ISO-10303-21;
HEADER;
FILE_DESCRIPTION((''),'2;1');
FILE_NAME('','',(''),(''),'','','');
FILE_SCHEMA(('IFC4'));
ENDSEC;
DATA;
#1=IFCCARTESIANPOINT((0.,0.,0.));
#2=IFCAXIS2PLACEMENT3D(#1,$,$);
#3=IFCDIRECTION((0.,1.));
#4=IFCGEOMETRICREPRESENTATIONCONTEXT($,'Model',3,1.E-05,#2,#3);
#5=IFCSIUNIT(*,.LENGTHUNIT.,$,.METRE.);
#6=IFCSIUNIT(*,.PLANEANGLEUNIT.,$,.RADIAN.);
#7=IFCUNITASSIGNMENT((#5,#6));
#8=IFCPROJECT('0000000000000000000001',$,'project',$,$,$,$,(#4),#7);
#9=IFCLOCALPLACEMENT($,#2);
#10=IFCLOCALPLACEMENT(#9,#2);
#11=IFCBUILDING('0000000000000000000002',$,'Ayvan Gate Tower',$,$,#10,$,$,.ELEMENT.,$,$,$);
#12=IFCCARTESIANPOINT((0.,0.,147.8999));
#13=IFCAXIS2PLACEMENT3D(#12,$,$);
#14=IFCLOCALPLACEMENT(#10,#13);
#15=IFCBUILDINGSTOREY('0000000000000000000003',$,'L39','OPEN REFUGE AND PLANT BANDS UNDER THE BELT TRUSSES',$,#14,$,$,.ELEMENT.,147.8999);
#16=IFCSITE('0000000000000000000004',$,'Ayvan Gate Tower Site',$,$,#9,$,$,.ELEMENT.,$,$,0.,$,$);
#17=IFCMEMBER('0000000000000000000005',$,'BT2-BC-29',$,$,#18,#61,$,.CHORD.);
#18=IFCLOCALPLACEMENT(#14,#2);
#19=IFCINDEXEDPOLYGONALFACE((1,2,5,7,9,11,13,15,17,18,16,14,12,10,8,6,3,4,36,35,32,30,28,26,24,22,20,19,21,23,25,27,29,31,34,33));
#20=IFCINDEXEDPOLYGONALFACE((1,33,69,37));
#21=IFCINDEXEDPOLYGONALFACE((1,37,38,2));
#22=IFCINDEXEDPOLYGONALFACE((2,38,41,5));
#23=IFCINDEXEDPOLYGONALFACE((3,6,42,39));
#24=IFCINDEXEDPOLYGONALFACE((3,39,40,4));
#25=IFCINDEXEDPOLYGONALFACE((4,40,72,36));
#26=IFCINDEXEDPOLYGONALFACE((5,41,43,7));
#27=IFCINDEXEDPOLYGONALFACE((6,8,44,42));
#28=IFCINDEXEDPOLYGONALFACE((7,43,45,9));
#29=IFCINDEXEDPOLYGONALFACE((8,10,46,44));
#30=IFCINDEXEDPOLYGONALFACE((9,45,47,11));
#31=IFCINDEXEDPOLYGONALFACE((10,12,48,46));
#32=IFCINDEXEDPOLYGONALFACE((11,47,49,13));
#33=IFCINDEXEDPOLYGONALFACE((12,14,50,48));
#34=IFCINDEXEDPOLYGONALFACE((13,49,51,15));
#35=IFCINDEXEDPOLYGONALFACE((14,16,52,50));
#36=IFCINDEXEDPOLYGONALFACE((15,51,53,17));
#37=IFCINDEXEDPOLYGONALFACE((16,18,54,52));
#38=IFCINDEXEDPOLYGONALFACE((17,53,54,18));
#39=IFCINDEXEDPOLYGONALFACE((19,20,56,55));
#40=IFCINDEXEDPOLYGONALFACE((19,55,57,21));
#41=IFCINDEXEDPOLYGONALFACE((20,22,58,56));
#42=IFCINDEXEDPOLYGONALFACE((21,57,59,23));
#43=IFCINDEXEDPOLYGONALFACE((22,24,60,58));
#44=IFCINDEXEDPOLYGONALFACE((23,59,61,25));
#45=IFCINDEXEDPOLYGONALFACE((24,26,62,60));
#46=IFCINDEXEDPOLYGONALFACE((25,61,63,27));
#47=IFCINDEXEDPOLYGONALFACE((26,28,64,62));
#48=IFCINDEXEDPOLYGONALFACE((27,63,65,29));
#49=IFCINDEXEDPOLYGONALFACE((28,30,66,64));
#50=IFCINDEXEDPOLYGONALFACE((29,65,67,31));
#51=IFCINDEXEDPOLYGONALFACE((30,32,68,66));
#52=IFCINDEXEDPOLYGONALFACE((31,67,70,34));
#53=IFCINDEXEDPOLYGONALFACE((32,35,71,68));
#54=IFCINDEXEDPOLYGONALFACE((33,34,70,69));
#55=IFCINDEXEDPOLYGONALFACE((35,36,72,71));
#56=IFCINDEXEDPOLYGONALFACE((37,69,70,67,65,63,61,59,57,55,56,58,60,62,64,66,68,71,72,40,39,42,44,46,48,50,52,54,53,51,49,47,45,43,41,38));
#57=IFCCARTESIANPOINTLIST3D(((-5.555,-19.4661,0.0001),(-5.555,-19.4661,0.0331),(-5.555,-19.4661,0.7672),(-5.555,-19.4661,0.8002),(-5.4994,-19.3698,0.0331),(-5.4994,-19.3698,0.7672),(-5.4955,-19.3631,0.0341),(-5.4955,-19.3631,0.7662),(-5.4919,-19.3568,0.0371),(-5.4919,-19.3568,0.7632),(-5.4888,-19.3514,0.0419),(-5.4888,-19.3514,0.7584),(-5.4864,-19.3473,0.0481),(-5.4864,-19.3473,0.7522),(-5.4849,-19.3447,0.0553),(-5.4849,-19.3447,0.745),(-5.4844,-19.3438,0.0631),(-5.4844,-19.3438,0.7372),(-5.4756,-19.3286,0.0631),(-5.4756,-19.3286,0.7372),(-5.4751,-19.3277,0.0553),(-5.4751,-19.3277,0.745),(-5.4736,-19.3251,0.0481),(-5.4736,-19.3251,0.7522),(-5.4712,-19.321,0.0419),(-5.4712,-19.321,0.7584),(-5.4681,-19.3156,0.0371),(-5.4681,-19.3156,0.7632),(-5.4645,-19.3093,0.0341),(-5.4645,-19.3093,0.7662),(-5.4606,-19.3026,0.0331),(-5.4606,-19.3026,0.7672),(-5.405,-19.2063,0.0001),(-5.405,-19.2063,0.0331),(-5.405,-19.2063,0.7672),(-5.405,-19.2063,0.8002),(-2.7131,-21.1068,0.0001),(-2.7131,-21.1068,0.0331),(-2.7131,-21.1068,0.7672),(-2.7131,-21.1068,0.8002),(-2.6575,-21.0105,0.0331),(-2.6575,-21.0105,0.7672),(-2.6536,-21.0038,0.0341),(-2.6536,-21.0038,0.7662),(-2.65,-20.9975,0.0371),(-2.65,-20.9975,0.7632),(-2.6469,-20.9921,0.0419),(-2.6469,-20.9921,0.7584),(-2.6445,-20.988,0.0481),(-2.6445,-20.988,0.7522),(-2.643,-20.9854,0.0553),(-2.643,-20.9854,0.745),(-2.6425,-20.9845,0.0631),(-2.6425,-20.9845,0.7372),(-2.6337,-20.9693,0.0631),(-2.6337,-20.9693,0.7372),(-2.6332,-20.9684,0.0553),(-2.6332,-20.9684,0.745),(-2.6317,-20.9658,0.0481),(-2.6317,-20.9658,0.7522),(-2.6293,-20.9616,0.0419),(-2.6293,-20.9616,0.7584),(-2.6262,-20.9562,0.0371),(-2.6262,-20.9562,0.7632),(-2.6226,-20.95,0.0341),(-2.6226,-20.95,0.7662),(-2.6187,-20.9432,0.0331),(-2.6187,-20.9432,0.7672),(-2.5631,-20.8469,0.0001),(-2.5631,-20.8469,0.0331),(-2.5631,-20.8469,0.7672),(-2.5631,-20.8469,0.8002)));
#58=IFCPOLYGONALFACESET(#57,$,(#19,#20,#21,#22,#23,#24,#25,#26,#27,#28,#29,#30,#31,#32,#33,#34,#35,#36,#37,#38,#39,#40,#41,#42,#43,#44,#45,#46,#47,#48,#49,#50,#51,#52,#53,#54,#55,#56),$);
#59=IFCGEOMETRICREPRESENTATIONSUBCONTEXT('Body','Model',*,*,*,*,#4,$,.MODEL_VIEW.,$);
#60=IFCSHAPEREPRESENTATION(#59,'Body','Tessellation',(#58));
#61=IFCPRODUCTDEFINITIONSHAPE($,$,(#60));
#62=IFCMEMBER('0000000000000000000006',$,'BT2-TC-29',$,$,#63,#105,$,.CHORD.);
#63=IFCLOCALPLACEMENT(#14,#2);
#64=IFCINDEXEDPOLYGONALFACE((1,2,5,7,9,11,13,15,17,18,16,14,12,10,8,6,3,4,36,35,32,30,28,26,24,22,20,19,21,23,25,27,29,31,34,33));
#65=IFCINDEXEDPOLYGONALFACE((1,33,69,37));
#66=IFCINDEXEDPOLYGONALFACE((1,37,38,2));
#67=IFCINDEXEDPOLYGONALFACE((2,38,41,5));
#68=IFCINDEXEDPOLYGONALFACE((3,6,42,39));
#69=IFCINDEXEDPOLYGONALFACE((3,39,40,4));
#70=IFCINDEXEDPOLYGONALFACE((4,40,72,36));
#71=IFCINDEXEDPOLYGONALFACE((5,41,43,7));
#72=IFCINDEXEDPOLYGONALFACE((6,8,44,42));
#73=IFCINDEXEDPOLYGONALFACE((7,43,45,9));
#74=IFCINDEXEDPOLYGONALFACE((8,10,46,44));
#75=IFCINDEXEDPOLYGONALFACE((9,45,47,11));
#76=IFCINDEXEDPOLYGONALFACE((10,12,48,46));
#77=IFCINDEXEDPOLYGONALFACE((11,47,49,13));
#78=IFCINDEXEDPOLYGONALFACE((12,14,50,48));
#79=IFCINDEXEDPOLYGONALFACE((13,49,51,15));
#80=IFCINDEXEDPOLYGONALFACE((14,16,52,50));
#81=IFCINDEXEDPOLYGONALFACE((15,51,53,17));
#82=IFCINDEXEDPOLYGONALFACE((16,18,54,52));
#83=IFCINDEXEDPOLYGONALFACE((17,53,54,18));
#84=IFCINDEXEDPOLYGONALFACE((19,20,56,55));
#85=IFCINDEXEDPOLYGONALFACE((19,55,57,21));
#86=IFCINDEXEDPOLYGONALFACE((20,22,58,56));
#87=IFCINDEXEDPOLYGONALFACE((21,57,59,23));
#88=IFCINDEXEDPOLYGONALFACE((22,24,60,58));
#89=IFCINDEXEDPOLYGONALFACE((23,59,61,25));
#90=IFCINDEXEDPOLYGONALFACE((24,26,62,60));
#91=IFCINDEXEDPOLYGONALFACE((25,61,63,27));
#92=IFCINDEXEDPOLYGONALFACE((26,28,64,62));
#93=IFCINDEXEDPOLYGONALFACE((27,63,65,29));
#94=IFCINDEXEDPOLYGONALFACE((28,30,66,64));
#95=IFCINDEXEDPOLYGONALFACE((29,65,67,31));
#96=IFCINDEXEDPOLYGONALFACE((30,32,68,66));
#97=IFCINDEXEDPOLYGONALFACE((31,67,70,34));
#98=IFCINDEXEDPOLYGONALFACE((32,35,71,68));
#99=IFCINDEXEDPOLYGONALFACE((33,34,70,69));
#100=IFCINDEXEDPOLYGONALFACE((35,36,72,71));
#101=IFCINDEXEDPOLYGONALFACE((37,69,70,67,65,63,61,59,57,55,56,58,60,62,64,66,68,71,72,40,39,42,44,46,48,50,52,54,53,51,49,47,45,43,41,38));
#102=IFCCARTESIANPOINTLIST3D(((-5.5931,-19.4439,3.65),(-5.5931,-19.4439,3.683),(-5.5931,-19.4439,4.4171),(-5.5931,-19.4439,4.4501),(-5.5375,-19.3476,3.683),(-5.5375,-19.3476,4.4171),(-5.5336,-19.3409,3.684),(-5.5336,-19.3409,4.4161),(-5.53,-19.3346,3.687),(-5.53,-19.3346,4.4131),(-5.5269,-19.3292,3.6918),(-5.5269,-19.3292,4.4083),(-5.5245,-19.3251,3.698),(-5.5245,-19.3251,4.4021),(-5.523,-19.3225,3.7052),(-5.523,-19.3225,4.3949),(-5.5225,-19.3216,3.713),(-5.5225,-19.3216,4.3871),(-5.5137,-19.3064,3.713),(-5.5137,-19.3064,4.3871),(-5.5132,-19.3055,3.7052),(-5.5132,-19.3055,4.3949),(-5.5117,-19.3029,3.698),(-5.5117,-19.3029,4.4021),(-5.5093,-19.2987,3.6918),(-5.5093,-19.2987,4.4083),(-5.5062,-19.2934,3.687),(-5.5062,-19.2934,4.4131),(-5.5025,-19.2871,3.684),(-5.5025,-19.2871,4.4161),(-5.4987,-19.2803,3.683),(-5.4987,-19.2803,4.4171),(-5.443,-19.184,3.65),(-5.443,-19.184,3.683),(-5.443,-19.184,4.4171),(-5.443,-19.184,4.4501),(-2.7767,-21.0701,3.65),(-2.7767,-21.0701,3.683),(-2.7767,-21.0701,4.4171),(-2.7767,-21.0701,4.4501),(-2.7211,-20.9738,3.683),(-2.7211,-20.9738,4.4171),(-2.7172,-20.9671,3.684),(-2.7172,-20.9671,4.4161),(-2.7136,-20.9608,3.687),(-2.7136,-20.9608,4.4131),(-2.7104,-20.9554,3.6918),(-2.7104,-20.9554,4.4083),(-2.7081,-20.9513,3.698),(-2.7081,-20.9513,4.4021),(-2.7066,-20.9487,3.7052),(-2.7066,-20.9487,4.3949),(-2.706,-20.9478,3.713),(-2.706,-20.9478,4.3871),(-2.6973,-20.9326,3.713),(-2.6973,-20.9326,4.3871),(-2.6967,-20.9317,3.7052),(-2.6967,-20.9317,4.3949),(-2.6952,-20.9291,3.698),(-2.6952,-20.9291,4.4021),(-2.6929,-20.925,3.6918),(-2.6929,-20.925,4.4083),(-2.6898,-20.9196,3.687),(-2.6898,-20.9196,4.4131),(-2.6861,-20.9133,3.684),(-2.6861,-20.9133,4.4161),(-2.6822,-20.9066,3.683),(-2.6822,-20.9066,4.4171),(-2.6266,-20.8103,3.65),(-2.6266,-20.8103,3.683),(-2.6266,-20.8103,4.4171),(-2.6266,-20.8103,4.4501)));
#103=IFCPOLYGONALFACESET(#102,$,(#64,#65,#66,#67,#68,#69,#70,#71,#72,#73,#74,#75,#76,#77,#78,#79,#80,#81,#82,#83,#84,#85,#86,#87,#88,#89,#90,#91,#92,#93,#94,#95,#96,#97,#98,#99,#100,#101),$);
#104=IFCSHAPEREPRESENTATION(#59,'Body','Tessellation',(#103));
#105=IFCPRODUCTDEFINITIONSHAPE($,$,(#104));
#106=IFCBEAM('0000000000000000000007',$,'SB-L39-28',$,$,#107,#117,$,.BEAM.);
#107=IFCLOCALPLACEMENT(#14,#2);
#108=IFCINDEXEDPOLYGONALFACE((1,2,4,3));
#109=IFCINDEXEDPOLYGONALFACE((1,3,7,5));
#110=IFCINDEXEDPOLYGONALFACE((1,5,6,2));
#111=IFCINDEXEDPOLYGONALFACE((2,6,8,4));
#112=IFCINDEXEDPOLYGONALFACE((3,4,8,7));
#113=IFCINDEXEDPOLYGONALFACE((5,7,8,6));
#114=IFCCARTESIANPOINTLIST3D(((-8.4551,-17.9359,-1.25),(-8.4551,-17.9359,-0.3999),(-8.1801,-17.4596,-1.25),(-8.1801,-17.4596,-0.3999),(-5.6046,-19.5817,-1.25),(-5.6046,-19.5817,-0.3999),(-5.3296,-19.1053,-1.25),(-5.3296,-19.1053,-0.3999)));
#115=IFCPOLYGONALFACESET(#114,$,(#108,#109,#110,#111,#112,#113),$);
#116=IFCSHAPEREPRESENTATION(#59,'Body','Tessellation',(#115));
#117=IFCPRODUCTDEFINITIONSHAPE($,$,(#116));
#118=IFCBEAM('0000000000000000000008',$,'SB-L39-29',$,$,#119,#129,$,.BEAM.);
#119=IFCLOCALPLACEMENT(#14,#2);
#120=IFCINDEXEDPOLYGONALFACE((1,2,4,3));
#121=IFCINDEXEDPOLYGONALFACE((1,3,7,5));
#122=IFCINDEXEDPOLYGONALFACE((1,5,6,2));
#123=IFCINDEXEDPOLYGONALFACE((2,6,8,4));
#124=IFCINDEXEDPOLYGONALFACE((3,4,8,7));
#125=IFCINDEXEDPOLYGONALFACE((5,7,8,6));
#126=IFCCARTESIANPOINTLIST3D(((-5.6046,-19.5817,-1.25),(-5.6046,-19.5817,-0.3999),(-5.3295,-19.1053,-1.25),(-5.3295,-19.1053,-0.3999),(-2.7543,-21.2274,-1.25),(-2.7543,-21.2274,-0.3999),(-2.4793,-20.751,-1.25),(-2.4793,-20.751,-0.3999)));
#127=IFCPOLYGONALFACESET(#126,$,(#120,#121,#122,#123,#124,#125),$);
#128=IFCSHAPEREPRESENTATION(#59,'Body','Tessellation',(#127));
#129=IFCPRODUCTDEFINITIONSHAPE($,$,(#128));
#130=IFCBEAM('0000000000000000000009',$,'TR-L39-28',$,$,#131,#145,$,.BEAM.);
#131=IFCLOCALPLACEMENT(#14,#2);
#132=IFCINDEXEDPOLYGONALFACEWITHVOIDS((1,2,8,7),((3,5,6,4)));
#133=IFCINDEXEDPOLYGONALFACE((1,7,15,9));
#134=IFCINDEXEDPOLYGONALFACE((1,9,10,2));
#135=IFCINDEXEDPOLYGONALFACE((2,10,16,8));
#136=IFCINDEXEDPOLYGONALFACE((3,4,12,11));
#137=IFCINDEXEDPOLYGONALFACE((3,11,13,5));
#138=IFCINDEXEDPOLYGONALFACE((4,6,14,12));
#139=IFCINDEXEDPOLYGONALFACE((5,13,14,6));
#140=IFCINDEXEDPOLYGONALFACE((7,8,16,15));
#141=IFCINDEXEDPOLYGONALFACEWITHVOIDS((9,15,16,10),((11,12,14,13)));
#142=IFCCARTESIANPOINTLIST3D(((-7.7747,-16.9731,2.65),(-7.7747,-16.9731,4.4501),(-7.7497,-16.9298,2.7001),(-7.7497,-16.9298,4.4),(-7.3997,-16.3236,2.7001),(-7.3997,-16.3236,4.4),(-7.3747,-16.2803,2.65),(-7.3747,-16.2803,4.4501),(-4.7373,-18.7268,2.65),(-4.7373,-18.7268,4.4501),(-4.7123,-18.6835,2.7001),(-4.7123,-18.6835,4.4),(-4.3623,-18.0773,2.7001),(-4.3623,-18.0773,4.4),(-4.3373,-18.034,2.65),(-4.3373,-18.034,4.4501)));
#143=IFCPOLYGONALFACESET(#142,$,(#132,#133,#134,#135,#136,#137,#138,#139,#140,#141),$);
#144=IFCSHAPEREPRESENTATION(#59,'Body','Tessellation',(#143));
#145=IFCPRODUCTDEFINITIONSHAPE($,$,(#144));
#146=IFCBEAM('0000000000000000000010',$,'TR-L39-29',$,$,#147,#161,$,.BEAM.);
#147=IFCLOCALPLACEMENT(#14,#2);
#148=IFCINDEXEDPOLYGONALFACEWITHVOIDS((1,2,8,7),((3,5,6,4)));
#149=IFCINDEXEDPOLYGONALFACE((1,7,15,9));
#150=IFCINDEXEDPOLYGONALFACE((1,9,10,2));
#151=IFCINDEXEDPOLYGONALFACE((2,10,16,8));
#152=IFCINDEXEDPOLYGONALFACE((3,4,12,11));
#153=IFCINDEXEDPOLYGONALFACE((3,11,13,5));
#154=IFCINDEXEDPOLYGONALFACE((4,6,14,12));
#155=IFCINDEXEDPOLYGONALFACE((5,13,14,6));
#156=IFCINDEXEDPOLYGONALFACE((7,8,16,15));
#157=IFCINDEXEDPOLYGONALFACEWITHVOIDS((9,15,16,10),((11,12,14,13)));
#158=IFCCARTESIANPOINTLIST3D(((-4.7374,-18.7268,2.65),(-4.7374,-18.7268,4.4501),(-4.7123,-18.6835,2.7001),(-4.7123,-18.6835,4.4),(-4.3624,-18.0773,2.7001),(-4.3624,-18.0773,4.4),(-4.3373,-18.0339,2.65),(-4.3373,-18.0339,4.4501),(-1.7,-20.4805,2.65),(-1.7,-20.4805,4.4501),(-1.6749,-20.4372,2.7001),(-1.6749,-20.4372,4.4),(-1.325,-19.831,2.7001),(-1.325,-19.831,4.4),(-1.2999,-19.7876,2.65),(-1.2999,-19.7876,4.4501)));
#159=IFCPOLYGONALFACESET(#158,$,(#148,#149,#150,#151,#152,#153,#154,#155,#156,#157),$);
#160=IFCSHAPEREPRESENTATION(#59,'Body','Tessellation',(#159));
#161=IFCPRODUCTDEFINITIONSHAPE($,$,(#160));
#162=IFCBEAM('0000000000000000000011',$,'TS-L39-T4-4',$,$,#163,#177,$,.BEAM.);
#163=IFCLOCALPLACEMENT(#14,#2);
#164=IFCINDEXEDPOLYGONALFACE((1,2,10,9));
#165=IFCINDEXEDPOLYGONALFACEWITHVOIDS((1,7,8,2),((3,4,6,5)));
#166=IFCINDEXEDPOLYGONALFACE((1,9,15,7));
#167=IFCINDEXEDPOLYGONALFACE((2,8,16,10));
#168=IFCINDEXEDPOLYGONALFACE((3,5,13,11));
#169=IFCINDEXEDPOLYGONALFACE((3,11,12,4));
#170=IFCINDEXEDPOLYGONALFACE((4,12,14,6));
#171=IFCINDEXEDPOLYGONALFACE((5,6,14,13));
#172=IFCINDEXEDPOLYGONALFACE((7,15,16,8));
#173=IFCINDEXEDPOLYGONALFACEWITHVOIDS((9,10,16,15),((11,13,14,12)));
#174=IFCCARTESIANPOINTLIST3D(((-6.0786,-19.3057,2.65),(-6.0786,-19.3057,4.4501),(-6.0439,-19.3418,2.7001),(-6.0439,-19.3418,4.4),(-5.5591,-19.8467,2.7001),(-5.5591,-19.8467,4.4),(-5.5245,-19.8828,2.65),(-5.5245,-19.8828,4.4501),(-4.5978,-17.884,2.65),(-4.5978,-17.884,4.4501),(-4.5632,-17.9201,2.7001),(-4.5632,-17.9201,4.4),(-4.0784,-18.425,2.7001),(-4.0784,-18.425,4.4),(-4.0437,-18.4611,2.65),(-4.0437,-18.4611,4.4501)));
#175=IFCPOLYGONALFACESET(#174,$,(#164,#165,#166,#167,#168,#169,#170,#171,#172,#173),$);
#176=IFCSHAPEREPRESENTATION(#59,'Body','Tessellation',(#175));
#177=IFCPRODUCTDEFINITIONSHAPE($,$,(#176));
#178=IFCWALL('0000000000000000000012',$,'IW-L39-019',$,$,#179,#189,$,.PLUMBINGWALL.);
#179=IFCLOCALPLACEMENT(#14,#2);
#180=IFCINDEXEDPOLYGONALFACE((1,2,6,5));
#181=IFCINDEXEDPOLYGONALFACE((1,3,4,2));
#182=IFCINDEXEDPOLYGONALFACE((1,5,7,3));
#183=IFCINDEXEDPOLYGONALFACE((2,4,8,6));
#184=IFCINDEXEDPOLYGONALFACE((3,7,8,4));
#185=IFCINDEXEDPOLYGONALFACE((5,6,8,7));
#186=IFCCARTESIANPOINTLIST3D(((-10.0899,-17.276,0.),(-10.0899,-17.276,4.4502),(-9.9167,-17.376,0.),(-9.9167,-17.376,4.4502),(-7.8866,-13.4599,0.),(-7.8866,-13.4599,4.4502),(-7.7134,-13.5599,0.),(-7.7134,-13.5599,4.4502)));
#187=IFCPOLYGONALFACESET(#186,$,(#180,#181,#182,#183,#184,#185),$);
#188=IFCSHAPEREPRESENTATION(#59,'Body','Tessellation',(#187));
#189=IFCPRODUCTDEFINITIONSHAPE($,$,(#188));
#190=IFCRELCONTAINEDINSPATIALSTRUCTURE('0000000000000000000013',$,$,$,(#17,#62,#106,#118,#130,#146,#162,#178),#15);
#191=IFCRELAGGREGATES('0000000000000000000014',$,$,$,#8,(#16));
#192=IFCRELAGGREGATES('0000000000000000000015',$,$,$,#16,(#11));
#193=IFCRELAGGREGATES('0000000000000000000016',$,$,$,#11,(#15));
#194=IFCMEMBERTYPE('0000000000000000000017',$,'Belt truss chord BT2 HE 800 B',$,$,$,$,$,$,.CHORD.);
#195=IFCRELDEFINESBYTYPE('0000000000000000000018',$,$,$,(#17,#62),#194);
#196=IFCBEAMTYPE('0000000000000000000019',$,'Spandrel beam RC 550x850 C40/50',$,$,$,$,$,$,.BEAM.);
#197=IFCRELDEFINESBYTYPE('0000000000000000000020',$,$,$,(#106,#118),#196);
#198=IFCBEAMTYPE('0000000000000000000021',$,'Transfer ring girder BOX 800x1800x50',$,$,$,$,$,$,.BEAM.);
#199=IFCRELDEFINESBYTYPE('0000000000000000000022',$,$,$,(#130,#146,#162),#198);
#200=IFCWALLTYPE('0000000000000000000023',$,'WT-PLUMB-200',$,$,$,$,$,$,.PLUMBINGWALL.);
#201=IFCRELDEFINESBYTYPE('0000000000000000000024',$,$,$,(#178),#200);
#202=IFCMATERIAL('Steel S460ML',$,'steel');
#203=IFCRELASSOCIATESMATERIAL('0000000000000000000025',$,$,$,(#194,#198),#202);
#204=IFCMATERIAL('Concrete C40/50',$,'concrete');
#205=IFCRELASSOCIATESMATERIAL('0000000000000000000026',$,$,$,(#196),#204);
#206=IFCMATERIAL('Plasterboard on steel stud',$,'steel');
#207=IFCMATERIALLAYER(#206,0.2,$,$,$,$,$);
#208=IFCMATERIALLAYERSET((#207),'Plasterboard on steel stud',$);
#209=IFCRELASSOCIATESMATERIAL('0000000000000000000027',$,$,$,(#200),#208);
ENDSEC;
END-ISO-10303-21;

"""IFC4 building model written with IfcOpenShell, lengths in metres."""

from ifc_helpers import new_model, si_unit, direction, frame, frame_2d, origin, origin_2d, place, context, subcontext, project, spatial, rectangle, hollow_rectangle, i_section, extrude, material, layer, layer_set, material_profile, profile_set, type_object, element, save


model = new_model("IFC4")

# Units and contexts
model_context = context("Model", 3, precision=1e-05, world=origin(), true_north=direction((0.0, 1.0)))
body_context = subcontext(model_context, "Body", "Model", "MODEL_VIEW")
ifc_project = project(units=[si_unit("LENGTHUNIT", "METRE"), si_unit("PLANEANGLEUNIT", "RADIAN")], contexts=[model_context])

# Site, building, storey
site_placement = place(None, origin())
site = spatial("IfcSite", under=ifc_project, at=site_placement, Name="Ayvan Gate Tower Site", CompositionType="ELEMENT", RefElevation=0.0)
building_placement = place(site_placement, origin())
building = spatial("IfcBuilding", under=site, at=building_placement, Name="Ayvan Gate Tower", CompositionType="ELEMENT")
storey_placement = place(building_placement, frame((0.0, 0.0, 147.8999)))
storey = spatial("IfcBuildingStorey", under=building, at=storey_placement, Name="L39", Description="OPEN REFUGE AND PLANT BANDS UNDER THE BELT TRUSSES", CompositionType="ELEMENT", Elevation=147.8999)

# Members
ifc_material_1 = material(Name="Steel S460ML", Category="steel")
ifc_material_profile_1 = material_profile(ifc_material_1, i_section(OverallWidth=0.3, OverallDepth=0.8, WebThickness=0.0176, FlangeThickness=0.033, FilletRadius=0.03, at=origin_2d()), Name="HE 800 B")
ifc_profile_set_1 = profile_set([ifc_material_profile_1], Name="Steel S460ML")
member_type_1 = type_object("IfcMemberType", Name="Belt truss chord BT2 HE 800 B", PredefinedType="CHORD", material=ifc_profile_set_1)
for number, where, z_axis, x_axis, name in (
    (1, (-5.48, -19.3362, 0.4001), (0.866037, -0.49998, 0.0), (0.49998, 0.866037, 0.0), "BT2-BC-29"),
):
    element("IfcMember", number, at=place(storey_placement, frame(where, z_axis=z_axis, x_axis=x_axis)), inside=storey, type_object=member_type_1, Name=name, PredefinedType="CHORD", context=body_context, shape_type="SweptSolid", body=[
        extrude(i_section(OverallWidth=0.3, OverallDepth=0.8, WebThickness=0.0176, FlangeThickness=0.033, FilletRadius=0.03, at=origin_2d()), origin(), (0.0, 0.0, 1.0), 3.2815),
    ])
member_1_placement = place(storey_placement, frame((-5.5181, -19.314, 4.05), z_axis=(0.866003, -0.500039, 0.0), x_axis=(0.500039, 0.866003, 0.0)))
element("IfcMember", 2, at=member_1_placement, inside=storey, type_object=member_type_1, Name="BT2-TC-29", PredefinedType="CHORD", context=body_context, shape_type="SweptSolid", body=[
    extrude(i_section(OverallWidth=0.3, OverallDepth=0.8, WebThickness=0.0176, FlangeThickness=0.033, FilletRadius=0.03, at=origin_2d()), origin(), (0.0, 0.0, 1.0), 3.2522),
])

# Beams
ifc_material_2 = material(Name="Concrete C40/50", Category="concrete")
ifc_material_profile_2 = material_profile(ifc_material_2, rectangle(XDim=0.55, YDim=0.8501, at=origin_2d()), Name="RC 550x850")
ifc_profile_set_2 = profile_set([ifc_material_profile_2], Name="Concrete C40/50")
beam_type_1 = type_object("IfcBeamType", Name="Spandrel beam RC 550x850 C40/50", PredefinedType="BEAM", material=ifc_profile_set_2)
beam_1_placement = place(storey_placement, frame((-8.3176, -17.6978, -0.825), z_axis=(0.86603, -0.499992, 0.0), x_axis=(0.499992, 0.86603, 0.0)))
element("IfcBeam", 3, at=beam_1_placement, inside=storey, type_object=beam_type_1, Name="SB-L39-28", PredefinedType="BEAM", context=body_context, shape_type="SweptSolid", body=[
    extrude(rectangle(XDim=0.55, YDim=0.8501, at=origin_2d()), origin(), (0.0, 0.0, 1.0), 3.2915),
])
beam_2_placement = place(storey_placement, frame((-5.467, -19.3435, -0.825), z_axis=(0.866011, -0.500024, 0.0), x_axis=(0.500024, 0.866011, 0.0)))
element("IfcBeam", 4, at=beam_2_placement, inside=storey, type_object=beam_type_1, Name="SB-L39-29", PredefinedType="BEAM", context=body_context, shape_type="SweptSolid", body=[
    extrude(rectangle(XDim=0.55, YDim=0.8501, at=origin_2d()), origin(), (0.0, 0.0, 1.0), 3.2913),
])
ifc_material_profile_3 = material_profile(ifc_material_1, hollow_rectangle(XDim=0.8, YDim=1.8, WallThickness=0.05, at=origin_2d()), Name="BOX 800x1800x50")
ifc_profile_set_3 = profile_set([ifc_material_profile_3], Name="Steel S460ML")
beam_type_2 = type_object("IfcBeamType", Name="Transfer ring girder BOX 800x1800x50", PredefinedType="BEAM", material=ifc_profile_set_3)
for number, where, z_axis, x_axis, name in (
    (5, (-7.5747, -16.6267, 3.55), (0.86602, -0.50001, 0.0), (0.50001, 0.86602, 0.0), "TR-L39-28"),
    (6, (-4.5374, -18.3804, 3.55), (0.86602, -0.50001, 0.0), (0.50001, 0.86602, 0.0), "TR-L39-29"),
):
    element("IfcBeam", number, at=place(storey_placement, frame(where, z_axis=z_axis, x_axis=x_axis)), inside=storey, type_object=beam_type_2, Name=name, PredefinedType="BEAM", context=body_context, shape_type="SweptSolid", body=[
        extrude(hollow_rectangle(XDim=0.8, YDim=1.8, WallThickness=0.05, at=origin_2d()), origin(), (0.0, 0.0, 1.0), 3.5073),
    ])
beam_3_placement = place(storey_placement, frame((-5.8015, -19.5942, 3.55), z_axis=(0.721352, 0.692569, 0.0), x_axis=(-0.692569, 0.721352, 0.0)))
element("IfcBeam", 7, at=beam_3_placement, inside=storey, type_object=beam_type_2, Name="TS-L39-T4-4", PredefinedType="BEAM", context=body_context, shape_type="SweptSolid", body=[
    extrude(hollow_rectangle(XDim=0.8, YDim=1.8, WallThickness=0.05, at=origin_2d()), origin(), (0.0, 0.0, 1.0), 2.0527),
])

# Wall
ifc_material_3 = material(Name="Plasterboard on steel stud", Category="steel")
ifc_layer_1 = layer(ifc_material_3, 0.2)
ifc_layer_set_1 = layer_set([ifc_layer_1], Name="Plasterboard on steel stud")
wall_type = type_object("IfcWallType", Name="WT-PLUMB-200", PredefinedType="PLUMBINGWALL", material=ifc_layer_set_1)
wall_1_placement = place(storey_placement, frame((-7.8, -13.51, 0.0), z_axis=(0.0, 0.0, 1.0), x_axis=(-0.500018, -0.866015, 0.0)))
element("IfcWall", 8, at=wall_1_placement, inside=storey, type_object=wall_type, Name="IW-L39-019", PredefinedType="PLUMBINGWALL", context=body_context, shape_type="SweptSolid", body=[
    extrude(rectangle(XDim=4.4065, YDim=0.2, at=frame_2d((2.2031, 0.0))), origin(), (0.0, 0.0, 1.0), 4.4502),
])

save(model, "model.ifc")
